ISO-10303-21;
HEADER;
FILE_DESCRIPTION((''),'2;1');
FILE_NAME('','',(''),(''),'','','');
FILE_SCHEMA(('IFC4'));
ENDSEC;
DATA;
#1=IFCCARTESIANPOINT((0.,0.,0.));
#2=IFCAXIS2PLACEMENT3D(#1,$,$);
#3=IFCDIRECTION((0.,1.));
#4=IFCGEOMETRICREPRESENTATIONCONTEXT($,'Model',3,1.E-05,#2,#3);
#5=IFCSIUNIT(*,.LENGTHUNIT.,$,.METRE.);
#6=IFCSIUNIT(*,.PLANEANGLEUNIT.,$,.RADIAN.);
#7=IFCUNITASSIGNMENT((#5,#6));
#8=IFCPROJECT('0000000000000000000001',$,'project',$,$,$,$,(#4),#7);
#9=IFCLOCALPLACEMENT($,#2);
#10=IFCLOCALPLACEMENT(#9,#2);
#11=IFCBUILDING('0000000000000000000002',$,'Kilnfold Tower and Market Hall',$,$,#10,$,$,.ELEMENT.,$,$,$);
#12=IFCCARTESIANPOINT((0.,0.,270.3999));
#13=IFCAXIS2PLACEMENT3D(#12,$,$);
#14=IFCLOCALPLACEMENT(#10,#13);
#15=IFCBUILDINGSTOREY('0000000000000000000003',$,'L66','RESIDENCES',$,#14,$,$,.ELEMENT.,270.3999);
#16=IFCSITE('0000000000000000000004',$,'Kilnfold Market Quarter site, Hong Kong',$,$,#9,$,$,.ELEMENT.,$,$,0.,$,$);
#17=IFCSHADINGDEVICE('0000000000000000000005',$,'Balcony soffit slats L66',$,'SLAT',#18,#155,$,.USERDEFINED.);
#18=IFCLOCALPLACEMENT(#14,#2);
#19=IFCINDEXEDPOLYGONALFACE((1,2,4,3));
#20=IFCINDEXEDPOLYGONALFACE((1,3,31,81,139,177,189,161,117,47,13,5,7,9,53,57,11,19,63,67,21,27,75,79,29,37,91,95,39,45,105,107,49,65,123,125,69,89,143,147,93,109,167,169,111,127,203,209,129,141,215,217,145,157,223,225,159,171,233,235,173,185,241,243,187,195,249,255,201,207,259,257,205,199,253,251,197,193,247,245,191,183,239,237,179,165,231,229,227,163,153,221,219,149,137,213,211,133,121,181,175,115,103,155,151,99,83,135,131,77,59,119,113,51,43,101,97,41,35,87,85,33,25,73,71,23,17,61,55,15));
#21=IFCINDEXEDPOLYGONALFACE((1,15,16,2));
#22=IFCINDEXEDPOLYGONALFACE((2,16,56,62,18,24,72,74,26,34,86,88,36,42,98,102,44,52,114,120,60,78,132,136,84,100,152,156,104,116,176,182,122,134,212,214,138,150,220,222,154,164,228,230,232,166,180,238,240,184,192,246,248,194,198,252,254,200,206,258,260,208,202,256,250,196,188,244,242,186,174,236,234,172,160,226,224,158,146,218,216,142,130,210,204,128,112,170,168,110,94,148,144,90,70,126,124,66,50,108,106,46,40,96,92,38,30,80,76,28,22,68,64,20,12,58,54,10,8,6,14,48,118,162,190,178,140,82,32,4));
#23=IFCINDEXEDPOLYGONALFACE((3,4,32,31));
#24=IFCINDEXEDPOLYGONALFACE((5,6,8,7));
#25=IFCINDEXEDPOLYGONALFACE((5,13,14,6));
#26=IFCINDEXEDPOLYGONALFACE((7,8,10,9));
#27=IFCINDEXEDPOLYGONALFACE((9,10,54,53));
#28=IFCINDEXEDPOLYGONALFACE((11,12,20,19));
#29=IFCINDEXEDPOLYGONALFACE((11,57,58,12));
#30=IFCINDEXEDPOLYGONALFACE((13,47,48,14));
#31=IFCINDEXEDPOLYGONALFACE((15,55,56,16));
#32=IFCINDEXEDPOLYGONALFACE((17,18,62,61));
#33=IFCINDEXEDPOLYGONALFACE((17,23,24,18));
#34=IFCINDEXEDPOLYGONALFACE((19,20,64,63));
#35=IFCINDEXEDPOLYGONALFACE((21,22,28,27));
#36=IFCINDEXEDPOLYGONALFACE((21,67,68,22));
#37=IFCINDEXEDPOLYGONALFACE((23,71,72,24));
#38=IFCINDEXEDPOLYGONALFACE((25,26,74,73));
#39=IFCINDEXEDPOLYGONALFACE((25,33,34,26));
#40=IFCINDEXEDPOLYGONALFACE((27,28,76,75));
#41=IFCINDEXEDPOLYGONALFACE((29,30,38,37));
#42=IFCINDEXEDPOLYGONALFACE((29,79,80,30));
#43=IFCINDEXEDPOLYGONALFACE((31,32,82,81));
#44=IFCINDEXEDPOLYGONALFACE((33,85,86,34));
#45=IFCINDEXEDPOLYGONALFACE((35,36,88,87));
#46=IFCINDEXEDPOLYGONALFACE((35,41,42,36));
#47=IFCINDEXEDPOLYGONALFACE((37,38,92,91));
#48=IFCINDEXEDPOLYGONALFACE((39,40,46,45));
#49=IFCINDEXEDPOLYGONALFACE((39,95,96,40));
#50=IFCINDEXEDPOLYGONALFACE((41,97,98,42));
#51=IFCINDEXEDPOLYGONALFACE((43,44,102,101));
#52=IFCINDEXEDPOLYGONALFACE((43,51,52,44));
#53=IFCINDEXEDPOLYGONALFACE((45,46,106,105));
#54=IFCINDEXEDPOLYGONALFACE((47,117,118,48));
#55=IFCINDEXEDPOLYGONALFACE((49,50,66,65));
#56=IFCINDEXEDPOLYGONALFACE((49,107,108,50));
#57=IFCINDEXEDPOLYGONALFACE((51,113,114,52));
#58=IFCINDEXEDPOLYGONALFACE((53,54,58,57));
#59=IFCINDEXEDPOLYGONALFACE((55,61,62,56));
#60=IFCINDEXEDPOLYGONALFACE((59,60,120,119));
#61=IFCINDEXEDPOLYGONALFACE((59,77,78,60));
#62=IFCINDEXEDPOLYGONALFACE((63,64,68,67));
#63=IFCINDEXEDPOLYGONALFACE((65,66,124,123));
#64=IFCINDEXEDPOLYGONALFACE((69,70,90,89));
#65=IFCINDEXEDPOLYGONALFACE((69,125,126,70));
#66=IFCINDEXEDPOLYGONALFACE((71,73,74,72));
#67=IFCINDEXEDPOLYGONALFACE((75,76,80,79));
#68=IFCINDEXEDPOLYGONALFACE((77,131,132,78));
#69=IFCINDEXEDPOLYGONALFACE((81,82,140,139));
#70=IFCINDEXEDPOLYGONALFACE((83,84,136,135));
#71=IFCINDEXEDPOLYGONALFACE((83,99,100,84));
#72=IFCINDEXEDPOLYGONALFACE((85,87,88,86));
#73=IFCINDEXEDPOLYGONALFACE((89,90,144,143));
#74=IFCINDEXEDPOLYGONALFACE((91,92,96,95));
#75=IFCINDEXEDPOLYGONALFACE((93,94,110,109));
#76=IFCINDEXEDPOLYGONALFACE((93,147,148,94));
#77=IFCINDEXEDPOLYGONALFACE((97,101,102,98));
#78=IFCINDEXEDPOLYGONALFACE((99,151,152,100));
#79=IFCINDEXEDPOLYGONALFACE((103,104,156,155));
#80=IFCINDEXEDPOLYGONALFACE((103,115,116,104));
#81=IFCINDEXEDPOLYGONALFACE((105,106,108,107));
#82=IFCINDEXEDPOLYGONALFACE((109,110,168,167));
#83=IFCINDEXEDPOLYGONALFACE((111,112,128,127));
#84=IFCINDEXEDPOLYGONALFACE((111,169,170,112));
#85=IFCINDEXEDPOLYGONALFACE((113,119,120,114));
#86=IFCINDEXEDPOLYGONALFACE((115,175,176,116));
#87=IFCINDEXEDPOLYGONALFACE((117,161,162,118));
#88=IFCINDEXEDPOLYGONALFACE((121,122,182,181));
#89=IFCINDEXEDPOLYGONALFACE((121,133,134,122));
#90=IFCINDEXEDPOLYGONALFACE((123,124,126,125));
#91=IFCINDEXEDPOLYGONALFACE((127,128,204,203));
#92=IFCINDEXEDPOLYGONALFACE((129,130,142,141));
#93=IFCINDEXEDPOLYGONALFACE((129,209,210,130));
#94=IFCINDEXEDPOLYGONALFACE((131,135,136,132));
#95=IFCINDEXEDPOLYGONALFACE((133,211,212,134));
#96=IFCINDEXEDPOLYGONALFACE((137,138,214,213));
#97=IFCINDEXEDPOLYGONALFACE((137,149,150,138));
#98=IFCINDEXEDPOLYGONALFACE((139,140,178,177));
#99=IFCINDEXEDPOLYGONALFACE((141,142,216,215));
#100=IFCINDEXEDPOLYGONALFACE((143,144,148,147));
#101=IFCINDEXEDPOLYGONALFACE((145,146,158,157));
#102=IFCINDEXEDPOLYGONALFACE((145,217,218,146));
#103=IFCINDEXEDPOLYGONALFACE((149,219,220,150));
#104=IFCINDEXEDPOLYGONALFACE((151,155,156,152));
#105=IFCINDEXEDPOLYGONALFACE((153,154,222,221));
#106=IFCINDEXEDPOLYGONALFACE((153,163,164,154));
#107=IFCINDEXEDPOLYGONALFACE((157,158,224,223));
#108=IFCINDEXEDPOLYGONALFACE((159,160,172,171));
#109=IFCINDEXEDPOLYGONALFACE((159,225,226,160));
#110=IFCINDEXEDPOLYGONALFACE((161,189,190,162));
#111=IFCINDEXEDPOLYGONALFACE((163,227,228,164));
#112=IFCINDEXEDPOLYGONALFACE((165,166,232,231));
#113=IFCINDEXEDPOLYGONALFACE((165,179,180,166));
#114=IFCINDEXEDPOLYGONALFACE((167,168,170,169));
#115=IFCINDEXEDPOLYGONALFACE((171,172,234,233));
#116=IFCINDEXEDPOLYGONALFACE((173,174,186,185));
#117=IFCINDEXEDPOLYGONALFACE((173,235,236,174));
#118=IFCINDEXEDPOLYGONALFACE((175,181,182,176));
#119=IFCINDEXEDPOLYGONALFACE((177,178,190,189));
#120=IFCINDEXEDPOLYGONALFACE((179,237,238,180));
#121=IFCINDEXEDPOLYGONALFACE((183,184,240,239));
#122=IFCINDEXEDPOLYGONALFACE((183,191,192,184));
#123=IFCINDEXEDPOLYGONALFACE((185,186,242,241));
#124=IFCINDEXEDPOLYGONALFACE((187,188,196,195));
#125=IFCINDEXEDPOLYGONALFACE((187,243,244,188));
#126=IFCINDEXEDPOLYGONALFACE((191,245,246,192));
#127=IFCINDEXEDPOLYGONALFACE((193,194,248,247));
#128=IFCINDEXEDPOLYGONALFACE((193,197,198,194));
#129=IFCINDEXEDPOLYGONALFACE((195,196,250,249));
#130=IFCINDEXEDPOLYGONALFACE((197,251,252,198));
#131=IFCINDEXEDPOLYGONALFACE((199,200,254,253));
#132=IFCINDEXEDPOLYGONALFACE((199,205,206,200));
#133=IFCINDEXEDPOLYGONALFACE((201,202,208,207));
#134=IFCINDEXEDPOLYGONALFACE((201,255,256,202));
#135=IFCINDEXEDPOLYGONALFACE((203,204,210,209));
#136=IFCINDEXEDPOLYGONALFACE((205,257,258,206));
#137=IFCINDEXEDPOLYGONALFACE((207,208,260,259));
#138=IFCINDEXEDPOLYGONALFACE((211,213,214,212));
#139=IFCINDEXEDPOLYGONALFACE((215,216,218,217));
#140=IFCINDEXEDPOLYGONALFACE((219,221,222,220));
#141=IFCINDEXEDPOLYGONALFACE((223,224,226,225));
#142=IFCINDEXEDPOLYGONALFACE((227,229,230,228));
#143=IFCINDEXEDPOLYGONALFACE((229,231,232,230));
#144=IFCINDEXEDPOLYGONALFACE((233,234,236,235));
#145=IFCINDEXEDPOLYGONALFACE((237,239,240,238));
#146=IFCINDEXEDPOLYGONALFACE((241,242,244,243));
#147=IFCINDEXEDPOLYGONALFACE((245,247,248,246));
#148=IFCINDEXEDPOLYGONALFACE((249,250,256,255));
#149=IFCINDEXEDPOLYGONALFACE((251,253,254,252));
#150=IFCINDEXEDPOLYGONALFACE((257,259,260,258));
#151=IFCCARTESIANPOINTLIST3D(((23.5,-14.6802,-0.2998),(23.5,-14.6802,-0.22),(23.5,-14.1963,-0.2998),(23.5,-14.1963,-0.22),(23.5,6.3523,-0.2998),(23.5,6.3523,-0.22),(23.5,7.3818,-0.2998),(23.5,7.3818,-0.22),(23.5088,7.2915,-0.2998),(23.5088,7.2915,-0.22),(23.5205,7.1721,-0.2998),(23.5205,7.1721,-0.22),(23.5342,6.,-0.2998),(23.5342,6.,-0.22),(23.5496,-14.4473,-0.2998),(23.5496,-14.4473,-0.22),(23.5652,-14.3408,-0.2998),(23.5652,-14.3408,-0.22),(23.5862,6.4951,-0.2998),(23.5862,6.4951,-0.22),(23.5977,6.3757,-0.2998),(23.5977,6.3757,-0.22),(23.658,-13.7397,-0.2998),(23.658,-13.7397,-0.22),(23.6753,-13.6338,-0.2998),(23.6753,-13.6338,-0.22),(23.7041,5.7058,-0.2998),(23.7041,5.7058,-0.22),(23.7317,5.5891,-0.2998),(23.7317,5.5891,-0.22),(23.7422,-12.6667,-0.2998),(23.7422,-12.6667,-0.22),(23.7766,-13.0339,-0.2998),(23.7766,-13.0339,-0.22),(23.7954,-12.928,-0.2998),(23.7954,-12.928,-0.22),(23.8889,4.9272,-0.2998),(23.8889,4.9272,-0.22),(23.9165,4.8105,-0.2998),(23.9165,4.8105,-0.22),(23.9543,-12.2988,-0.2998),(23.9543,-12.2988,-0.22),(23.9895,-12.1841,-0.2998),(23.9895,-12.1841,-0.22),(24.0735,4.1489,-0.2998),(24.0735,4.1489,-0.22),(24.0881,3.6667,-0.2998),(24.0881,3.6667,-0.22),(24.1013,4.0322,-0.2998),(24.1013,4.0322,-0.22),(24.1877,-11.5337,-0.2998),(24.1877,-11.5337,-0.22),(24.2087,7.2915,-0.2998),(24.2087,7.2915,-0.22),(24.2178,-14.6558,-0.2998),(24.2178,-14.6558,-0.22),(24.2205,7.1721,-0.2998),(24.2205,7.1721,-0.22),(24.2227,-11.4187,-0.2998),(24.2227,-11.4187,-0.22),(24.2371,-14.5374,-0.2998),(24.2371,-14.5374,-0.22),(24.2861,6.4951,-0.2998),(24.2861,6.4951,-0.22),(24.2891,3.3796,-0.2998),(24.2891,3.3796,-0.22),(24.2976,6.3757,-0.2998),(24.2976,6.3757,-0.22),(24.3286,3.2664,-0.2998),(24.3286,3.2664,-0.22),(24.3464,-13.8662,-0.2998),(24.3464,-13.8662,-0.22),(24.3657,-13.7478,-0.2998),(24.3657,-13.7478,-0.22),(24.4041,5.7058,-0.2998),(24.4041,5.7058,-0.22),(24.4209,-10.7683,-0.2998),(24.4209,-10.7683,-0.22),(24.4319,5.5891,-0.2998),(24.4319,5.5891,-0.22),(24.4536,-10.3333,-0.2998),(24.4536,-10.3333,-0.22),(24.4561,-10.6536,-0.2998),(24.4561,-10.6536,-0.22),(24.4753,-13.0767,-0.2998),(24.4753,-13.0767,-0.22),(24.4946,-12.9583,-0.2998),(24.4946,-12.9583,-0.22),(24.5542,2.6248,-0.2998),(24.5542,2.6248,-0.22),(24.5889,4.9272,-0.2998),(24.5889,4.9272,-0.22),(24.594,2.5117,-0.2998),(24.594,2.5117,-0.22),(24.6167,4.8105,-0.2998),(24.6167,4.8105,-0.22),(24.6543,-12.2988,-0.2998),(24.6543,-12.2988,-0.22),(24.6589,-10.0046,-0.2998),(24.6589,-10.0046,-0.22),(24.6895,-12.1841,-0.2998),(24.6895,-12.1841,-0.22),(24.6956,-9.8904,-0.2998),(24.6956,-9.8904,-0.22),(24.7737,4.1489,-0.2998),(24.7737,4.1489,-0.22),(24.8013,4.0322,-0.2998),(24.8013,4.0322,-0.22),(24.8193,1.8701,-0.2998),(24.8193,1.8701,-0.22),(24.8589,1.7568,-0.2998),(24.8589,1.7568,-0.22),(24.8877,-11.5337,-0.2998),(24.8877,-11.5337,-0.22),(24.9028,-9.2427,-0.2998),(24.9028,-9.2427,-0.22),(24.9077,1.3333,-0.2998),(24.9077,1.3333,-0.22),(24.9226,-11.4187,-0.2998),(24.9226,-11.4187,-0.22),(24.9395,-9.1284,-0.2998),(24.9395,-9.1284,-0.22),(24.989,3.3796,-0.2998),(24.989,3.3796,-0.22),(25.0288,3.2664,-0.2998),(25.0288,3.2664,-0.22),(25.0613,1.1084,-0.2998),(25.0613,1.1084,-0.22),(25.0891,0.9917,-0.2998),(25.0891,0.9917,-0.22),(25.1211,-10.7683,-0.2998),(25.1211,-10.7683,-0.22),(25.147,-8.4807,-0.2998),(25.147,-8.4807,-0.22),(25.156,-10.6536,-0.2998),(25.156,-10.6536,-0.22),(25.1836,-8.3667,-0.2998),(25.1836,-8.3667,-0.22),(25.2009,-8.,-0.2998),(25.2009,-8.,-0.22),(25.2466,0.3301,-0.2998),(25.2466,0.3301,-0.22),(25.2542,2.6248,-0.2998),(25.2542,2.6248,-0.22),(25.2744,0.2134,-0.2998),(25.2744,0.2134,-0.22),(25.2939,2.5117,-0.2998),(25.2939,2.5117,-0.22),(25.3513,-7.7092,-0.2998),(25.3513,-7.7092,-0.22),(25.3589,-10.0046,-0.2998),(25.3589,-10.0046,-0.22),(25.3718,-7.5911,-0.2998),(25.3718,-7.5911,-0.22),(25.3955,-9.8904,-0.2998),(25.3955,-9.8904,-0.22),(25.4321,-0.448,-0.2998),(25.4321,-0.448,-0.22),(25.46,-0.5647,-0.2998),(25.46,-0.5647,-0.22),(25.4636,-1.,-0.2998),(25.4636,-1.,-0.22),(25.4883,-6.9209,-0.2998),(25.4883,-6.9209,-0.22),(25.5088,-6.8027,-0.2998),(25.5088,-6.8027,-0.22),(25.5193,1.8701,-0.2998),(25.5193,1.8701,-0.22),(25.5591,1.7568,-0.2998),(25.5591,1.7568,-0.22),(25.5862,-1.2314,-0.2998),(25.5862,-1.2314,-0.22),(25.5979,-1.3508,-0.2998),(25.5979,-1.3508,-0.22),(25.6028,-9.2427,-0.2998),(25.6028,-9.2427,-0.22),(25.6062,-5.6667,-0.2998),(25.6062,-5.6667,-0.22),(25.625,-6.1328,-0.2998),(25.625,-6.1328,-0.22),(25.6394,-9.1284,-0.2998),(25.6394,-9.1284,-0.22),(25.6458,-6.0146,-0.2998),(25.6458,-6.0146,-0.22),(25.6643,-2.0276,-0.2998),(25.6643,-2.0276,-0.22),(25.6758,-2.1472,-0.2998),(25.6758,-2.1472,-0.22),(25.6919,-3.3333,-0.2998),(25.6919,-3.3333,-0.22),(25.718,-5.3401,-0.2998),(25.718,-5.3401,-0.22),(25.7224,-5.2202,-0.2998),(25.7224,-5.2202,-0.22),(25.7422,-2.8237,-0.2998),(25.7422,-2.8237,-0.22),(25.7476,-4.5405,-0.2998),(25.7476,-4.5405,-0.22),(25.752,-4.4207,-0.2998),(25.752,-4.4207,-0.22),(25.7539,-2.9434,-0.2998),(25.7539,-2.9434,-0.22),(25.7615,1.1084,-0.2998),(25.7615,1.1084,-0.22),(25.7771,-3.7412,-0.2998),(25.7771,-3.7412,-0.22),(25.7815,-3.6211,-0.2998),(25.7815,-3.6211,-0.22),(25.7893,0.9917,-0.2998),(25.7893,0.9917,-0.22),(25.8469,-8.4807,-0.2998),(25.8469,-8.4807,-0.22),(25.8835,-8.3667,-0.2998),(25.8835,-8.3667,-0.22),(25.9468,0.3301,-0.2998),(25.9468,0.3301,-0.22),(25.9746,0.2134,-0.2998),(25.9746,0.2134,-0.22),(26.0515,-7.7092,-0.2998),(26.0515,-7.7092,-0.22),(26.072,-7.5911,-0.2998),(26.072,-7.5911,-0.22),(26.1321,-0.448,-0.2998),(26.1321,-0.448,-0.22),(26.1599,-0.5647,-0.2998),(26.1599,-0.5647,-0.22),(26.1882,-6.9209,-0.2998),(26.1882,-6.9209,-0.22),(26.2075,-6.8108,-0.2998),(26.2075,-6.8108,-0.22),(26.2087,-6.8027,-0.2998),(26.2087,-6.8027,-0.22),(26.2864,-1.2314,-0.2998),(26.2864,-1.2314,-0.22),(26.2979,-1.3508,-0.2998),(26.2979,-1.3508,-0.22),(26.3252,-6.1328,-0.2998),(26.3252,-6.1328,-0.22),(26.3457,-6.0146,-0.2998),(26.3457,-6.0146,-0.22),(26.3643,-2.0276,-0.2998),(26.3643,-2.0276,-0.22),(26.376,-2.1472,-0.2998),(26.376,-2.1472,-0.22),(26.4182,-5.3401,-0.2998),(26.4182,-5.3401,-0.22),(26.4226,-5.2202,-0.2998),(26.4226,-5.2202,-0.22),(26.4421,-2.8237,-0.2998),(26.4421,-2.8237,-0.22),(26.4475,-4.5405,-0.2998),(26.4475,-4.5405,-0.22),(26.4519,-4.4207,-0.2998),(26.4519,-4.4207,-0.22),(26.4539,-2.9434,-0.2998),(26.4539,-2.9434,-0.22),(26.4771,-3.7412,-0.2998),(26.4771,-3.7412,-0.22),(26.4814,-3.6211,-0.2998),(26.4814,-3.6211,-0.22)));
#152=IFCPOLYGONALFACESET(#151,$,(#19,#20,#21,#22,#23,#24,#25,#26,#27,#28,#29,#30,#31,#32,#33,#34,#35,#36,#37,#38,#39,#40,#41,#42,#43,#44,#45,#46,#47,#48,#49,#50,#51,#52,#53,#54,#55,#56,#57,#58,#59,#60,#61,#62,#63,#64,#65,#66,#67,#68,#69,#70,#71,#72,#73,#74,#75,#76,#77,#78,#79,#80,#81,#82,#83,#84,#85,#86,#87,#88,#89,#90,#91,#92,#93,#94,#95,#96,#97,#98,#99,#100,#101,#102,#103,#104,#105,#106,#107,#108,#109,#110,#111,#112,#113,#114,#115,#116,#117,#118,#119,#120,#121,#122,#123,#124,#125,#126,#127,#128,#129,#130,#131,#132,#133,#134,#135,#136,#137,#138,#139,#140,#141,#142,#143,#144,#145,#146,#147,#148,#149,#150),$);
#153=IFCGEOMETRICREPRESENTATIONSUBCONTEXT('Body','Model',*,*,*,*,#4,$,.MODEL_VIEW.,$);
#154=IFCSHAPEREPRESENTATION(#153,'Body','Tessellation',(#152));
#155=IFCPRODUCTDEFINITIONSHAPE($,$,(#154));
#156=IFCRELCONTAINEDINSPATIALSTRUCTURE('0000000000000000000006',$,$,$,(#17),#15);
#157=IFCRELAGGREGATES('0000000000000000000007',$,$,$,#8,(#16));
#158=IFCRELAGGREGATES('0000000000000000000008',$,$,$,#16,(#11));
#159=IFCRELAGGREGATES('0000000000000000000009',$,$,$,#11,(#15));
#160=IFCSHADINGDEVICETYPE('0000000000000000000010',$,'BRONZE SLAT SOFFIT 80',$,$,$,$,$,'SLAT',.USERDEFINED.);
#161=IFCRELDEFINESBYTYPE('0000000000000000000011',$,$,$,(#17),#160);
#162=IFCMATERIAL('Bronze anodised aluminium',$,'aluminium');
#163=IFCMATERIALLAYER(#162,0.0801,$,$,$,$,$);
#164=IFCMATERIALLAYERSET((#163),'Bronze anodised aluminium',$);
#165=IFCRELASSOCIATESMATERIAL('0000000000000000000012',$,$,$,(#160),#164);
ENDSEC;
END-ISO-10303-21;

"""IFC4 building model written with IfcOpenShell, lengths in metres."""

from ifc_helpers import new_model, si_unit, direction, frame, origin, place, context, subcontext, project, spatial, polyline, outline, extrude, source, transform, mapped, material, layer, layer_set, type_object, element, save


model = new_model("IFC4")

# Units and contexts
model_context = context("Model", 3, precision=1e-05, world=origin(), true_north=direction((0.0, 1.0)))
body_context = subcontext(model_context, "Body", "Model", "MODEL_VIEW")
ifc_project = project(units=[si_unit("LENGTHUNIT", "METRE"), si_unit("PLANEANGLEUNIT", "RADIAN")], contexts=[model_context])

# Site, building, storey
site_placement = place(None, origin())
site = spatial("IfcSite", under=ifc_project, at=site_placement, Name="Kilnfold Market Quarter site, Hong Kong", CompositionType="ELEMENT", RefElevation=0.0)
building_placement = place(site_placement, origin())
building = spatial("IfcBuilding", under=site, at=building_placement, Name="Kilnfold Tower and Market Hall", CompositionType="ELEMENT")
storey_placement = place(building_placement, frame((0.0, 0.0, 270.3999)))
storey = spatial("IfcBuildingStorey", under=building, at=storey_placement, Name="L66", Description="RESIDENCES", CompositionType="ELEMENT", Elevation=270.3999)

# Shading device
ifc_material_1 = material(Name="Bronze anodised aluminium", Category="aluminium")
ifc_layer_1 = layer(ifc_material_1, 0.0801)
ifc_layer_set_1 = layer_set([ifc_layer_1], Name="Bronze anodised aluminium")
shading_device_type_1 = type_object("IfcShadingDeviceType", Name="BRONZE SLAT SOFFIT 80", ElementType="SLAT", PredefinedType="USERDEFINED", material=ifc_layer_set_1)
shared_shape_1 = source(origin(), body_context, "Body", "SweptSolid", [
    extrude(outline(polyline([(23.7422, -12.6667), (24.4536, -10.3333), (25.2009, -8.0), (25.6062, -5.6667), (25.6919, -3.3333), (25.4636, -1.0), (24.9077, 1.3333), (24.0881, 3.6667), (23.5342, 6.0), (23.5, 6.3523), (23.5, 7.3818), (23.5088, 7.2915), (24.2087, 7.2915), (24.2205, 7.1721), (23.5205, 7.1721), (23.5862, 6.4951), (24.2861, 6.4951), (24.2976, 6.3757), (23.5977, 6.3757), (23.7041, 5.7058), (24.4041, 5.7058), (24.4319, 5.5891), (23.7317, 5.5891), (23.8889, 4.9272), (24.5889, 4.9272), (24.6167, 4.8105), (23.9165, 4.8105), (24.0735, 4.1489), (24.7737, 4.1489), (24.8013, 4.0322), (24.1013, 4.0322), (24.2891, 3.3796), (24.989, 3.3796), (25.0288, 3.2664), (24.3286, 3.2664), (24.5542, 2.6248), (25.2542, 2.6248), (25.2939, 2.5117), (24.594, 2.5117), (24.8193, 1.8701), (25.5193, 1.8701), (25.5591, 1.7568), (24.8589, 1.7568), (25.0613, 1.1084), (25.7615, 1.1084), (25.7893, 0.9917), (25.0891, 0.9917), (25.2466, 0.3301), (25.9468, 0.3301), (25.9746, 0.2134), (25.2744, 0.2134), (25.4321, -0.448), (26.1321, -0.448), (26.1599, -0.5647), (25.46, -0.5647), (25.5862, -1.2314), (26.2864, -1.2314), (26.2979, -1.3508), (25.5979, -1.3508), (25.6643, -2.0276), (26.3643, -2.0276), (26.376, -2.1472), (25.6758, -2.1472), (25.7422, -2.8237), (26.4421, -2.8237), (26.4539, -2.9434), (25.7539, -2.9434), (25.7815, -3.6211), (26.4814, -3.6211), (26.4771, -3.7412), (25.7771, -3.7412), (25.752, -4.4207), (26.4519, -4.4207), (26.4475, -4.5405), (25.7476, -4.5405), (25.7224, -5.2202), (26.4226, -5.2202), (26.4182, -5.3401), (25.718, -5.3401), (25.6458, -6.0146), (26.3457, -6.0146), (26.3252, -6.1328), (25.625, -6.1328), (25.5088, -6.8027), (26.2087, -6.8027), (26.2075, -6.8108), (26.1882, -6.9209), (25.4883, -6.9209), (25.3718, -7.5911), (26.072, -7.5911), (26.0515, -7.7092), (25.3513, -7.7092), (25.1836, -8.3667), (25.8835, -8.3667), (25.8469, -8.4807), (25.147, -8.4807), (24.9395, -9.1284), (25.6394, -9.1284), (25.6028, -9.2427), (24.9028, -9.2427), (24.6956, -9.8904), (25.3955, -9.8904), (25.3589, -10.0046), (24.6589, -10.0046), (24.4561, -10.6536), (25.156, -10.6536), (25.1211, -10.7683), (24.4209, -10.7683), (24.2227, -11.4187), (24.9226, -11.4187), (24.8877, -11.5337), (24.1877, -11.5337), (23.9895, -12.1841), (24.6895, -12.1841), (24.6543, -12.2988), (23.9543, -12.2988), (23.7954, -12.928), (24.4946, -12.9583), (24.4753, -13.0767), (23.7766, -13.0339), (23.6753, -13.6338), (24.3657, -13.7478), (24.3464, -13.8662), (23.658, -13.7397), (23.5652, -14.3408), (24.2371, -14.5374), (24.2178, -14.6558), (23.5496, -14.4473), (23.5, -14.6802), (23.5, -14.1963), (23.7422, -12.6667)])), origin(), (0.0, 0.0, 1.0), 0.0798),
])
shading_device_1_placement = place(storey_placement, frame((0.0, 0.0, -0.2998)))
element("IfcShadingDevice", 1, at=shading_device_1_placement, inside=storey, type_object=shading_device_type_1, Name="Balcony soffit slats L66", ObjectType="SLAT", PredefinedType="USERDEFINED", context=body_context, shape_type="MappedRepresentation", body=[
    mapped(shared_shape_1, transform((0.0, 0.0, 0.0))),
])

save(model, "model.ifc")
